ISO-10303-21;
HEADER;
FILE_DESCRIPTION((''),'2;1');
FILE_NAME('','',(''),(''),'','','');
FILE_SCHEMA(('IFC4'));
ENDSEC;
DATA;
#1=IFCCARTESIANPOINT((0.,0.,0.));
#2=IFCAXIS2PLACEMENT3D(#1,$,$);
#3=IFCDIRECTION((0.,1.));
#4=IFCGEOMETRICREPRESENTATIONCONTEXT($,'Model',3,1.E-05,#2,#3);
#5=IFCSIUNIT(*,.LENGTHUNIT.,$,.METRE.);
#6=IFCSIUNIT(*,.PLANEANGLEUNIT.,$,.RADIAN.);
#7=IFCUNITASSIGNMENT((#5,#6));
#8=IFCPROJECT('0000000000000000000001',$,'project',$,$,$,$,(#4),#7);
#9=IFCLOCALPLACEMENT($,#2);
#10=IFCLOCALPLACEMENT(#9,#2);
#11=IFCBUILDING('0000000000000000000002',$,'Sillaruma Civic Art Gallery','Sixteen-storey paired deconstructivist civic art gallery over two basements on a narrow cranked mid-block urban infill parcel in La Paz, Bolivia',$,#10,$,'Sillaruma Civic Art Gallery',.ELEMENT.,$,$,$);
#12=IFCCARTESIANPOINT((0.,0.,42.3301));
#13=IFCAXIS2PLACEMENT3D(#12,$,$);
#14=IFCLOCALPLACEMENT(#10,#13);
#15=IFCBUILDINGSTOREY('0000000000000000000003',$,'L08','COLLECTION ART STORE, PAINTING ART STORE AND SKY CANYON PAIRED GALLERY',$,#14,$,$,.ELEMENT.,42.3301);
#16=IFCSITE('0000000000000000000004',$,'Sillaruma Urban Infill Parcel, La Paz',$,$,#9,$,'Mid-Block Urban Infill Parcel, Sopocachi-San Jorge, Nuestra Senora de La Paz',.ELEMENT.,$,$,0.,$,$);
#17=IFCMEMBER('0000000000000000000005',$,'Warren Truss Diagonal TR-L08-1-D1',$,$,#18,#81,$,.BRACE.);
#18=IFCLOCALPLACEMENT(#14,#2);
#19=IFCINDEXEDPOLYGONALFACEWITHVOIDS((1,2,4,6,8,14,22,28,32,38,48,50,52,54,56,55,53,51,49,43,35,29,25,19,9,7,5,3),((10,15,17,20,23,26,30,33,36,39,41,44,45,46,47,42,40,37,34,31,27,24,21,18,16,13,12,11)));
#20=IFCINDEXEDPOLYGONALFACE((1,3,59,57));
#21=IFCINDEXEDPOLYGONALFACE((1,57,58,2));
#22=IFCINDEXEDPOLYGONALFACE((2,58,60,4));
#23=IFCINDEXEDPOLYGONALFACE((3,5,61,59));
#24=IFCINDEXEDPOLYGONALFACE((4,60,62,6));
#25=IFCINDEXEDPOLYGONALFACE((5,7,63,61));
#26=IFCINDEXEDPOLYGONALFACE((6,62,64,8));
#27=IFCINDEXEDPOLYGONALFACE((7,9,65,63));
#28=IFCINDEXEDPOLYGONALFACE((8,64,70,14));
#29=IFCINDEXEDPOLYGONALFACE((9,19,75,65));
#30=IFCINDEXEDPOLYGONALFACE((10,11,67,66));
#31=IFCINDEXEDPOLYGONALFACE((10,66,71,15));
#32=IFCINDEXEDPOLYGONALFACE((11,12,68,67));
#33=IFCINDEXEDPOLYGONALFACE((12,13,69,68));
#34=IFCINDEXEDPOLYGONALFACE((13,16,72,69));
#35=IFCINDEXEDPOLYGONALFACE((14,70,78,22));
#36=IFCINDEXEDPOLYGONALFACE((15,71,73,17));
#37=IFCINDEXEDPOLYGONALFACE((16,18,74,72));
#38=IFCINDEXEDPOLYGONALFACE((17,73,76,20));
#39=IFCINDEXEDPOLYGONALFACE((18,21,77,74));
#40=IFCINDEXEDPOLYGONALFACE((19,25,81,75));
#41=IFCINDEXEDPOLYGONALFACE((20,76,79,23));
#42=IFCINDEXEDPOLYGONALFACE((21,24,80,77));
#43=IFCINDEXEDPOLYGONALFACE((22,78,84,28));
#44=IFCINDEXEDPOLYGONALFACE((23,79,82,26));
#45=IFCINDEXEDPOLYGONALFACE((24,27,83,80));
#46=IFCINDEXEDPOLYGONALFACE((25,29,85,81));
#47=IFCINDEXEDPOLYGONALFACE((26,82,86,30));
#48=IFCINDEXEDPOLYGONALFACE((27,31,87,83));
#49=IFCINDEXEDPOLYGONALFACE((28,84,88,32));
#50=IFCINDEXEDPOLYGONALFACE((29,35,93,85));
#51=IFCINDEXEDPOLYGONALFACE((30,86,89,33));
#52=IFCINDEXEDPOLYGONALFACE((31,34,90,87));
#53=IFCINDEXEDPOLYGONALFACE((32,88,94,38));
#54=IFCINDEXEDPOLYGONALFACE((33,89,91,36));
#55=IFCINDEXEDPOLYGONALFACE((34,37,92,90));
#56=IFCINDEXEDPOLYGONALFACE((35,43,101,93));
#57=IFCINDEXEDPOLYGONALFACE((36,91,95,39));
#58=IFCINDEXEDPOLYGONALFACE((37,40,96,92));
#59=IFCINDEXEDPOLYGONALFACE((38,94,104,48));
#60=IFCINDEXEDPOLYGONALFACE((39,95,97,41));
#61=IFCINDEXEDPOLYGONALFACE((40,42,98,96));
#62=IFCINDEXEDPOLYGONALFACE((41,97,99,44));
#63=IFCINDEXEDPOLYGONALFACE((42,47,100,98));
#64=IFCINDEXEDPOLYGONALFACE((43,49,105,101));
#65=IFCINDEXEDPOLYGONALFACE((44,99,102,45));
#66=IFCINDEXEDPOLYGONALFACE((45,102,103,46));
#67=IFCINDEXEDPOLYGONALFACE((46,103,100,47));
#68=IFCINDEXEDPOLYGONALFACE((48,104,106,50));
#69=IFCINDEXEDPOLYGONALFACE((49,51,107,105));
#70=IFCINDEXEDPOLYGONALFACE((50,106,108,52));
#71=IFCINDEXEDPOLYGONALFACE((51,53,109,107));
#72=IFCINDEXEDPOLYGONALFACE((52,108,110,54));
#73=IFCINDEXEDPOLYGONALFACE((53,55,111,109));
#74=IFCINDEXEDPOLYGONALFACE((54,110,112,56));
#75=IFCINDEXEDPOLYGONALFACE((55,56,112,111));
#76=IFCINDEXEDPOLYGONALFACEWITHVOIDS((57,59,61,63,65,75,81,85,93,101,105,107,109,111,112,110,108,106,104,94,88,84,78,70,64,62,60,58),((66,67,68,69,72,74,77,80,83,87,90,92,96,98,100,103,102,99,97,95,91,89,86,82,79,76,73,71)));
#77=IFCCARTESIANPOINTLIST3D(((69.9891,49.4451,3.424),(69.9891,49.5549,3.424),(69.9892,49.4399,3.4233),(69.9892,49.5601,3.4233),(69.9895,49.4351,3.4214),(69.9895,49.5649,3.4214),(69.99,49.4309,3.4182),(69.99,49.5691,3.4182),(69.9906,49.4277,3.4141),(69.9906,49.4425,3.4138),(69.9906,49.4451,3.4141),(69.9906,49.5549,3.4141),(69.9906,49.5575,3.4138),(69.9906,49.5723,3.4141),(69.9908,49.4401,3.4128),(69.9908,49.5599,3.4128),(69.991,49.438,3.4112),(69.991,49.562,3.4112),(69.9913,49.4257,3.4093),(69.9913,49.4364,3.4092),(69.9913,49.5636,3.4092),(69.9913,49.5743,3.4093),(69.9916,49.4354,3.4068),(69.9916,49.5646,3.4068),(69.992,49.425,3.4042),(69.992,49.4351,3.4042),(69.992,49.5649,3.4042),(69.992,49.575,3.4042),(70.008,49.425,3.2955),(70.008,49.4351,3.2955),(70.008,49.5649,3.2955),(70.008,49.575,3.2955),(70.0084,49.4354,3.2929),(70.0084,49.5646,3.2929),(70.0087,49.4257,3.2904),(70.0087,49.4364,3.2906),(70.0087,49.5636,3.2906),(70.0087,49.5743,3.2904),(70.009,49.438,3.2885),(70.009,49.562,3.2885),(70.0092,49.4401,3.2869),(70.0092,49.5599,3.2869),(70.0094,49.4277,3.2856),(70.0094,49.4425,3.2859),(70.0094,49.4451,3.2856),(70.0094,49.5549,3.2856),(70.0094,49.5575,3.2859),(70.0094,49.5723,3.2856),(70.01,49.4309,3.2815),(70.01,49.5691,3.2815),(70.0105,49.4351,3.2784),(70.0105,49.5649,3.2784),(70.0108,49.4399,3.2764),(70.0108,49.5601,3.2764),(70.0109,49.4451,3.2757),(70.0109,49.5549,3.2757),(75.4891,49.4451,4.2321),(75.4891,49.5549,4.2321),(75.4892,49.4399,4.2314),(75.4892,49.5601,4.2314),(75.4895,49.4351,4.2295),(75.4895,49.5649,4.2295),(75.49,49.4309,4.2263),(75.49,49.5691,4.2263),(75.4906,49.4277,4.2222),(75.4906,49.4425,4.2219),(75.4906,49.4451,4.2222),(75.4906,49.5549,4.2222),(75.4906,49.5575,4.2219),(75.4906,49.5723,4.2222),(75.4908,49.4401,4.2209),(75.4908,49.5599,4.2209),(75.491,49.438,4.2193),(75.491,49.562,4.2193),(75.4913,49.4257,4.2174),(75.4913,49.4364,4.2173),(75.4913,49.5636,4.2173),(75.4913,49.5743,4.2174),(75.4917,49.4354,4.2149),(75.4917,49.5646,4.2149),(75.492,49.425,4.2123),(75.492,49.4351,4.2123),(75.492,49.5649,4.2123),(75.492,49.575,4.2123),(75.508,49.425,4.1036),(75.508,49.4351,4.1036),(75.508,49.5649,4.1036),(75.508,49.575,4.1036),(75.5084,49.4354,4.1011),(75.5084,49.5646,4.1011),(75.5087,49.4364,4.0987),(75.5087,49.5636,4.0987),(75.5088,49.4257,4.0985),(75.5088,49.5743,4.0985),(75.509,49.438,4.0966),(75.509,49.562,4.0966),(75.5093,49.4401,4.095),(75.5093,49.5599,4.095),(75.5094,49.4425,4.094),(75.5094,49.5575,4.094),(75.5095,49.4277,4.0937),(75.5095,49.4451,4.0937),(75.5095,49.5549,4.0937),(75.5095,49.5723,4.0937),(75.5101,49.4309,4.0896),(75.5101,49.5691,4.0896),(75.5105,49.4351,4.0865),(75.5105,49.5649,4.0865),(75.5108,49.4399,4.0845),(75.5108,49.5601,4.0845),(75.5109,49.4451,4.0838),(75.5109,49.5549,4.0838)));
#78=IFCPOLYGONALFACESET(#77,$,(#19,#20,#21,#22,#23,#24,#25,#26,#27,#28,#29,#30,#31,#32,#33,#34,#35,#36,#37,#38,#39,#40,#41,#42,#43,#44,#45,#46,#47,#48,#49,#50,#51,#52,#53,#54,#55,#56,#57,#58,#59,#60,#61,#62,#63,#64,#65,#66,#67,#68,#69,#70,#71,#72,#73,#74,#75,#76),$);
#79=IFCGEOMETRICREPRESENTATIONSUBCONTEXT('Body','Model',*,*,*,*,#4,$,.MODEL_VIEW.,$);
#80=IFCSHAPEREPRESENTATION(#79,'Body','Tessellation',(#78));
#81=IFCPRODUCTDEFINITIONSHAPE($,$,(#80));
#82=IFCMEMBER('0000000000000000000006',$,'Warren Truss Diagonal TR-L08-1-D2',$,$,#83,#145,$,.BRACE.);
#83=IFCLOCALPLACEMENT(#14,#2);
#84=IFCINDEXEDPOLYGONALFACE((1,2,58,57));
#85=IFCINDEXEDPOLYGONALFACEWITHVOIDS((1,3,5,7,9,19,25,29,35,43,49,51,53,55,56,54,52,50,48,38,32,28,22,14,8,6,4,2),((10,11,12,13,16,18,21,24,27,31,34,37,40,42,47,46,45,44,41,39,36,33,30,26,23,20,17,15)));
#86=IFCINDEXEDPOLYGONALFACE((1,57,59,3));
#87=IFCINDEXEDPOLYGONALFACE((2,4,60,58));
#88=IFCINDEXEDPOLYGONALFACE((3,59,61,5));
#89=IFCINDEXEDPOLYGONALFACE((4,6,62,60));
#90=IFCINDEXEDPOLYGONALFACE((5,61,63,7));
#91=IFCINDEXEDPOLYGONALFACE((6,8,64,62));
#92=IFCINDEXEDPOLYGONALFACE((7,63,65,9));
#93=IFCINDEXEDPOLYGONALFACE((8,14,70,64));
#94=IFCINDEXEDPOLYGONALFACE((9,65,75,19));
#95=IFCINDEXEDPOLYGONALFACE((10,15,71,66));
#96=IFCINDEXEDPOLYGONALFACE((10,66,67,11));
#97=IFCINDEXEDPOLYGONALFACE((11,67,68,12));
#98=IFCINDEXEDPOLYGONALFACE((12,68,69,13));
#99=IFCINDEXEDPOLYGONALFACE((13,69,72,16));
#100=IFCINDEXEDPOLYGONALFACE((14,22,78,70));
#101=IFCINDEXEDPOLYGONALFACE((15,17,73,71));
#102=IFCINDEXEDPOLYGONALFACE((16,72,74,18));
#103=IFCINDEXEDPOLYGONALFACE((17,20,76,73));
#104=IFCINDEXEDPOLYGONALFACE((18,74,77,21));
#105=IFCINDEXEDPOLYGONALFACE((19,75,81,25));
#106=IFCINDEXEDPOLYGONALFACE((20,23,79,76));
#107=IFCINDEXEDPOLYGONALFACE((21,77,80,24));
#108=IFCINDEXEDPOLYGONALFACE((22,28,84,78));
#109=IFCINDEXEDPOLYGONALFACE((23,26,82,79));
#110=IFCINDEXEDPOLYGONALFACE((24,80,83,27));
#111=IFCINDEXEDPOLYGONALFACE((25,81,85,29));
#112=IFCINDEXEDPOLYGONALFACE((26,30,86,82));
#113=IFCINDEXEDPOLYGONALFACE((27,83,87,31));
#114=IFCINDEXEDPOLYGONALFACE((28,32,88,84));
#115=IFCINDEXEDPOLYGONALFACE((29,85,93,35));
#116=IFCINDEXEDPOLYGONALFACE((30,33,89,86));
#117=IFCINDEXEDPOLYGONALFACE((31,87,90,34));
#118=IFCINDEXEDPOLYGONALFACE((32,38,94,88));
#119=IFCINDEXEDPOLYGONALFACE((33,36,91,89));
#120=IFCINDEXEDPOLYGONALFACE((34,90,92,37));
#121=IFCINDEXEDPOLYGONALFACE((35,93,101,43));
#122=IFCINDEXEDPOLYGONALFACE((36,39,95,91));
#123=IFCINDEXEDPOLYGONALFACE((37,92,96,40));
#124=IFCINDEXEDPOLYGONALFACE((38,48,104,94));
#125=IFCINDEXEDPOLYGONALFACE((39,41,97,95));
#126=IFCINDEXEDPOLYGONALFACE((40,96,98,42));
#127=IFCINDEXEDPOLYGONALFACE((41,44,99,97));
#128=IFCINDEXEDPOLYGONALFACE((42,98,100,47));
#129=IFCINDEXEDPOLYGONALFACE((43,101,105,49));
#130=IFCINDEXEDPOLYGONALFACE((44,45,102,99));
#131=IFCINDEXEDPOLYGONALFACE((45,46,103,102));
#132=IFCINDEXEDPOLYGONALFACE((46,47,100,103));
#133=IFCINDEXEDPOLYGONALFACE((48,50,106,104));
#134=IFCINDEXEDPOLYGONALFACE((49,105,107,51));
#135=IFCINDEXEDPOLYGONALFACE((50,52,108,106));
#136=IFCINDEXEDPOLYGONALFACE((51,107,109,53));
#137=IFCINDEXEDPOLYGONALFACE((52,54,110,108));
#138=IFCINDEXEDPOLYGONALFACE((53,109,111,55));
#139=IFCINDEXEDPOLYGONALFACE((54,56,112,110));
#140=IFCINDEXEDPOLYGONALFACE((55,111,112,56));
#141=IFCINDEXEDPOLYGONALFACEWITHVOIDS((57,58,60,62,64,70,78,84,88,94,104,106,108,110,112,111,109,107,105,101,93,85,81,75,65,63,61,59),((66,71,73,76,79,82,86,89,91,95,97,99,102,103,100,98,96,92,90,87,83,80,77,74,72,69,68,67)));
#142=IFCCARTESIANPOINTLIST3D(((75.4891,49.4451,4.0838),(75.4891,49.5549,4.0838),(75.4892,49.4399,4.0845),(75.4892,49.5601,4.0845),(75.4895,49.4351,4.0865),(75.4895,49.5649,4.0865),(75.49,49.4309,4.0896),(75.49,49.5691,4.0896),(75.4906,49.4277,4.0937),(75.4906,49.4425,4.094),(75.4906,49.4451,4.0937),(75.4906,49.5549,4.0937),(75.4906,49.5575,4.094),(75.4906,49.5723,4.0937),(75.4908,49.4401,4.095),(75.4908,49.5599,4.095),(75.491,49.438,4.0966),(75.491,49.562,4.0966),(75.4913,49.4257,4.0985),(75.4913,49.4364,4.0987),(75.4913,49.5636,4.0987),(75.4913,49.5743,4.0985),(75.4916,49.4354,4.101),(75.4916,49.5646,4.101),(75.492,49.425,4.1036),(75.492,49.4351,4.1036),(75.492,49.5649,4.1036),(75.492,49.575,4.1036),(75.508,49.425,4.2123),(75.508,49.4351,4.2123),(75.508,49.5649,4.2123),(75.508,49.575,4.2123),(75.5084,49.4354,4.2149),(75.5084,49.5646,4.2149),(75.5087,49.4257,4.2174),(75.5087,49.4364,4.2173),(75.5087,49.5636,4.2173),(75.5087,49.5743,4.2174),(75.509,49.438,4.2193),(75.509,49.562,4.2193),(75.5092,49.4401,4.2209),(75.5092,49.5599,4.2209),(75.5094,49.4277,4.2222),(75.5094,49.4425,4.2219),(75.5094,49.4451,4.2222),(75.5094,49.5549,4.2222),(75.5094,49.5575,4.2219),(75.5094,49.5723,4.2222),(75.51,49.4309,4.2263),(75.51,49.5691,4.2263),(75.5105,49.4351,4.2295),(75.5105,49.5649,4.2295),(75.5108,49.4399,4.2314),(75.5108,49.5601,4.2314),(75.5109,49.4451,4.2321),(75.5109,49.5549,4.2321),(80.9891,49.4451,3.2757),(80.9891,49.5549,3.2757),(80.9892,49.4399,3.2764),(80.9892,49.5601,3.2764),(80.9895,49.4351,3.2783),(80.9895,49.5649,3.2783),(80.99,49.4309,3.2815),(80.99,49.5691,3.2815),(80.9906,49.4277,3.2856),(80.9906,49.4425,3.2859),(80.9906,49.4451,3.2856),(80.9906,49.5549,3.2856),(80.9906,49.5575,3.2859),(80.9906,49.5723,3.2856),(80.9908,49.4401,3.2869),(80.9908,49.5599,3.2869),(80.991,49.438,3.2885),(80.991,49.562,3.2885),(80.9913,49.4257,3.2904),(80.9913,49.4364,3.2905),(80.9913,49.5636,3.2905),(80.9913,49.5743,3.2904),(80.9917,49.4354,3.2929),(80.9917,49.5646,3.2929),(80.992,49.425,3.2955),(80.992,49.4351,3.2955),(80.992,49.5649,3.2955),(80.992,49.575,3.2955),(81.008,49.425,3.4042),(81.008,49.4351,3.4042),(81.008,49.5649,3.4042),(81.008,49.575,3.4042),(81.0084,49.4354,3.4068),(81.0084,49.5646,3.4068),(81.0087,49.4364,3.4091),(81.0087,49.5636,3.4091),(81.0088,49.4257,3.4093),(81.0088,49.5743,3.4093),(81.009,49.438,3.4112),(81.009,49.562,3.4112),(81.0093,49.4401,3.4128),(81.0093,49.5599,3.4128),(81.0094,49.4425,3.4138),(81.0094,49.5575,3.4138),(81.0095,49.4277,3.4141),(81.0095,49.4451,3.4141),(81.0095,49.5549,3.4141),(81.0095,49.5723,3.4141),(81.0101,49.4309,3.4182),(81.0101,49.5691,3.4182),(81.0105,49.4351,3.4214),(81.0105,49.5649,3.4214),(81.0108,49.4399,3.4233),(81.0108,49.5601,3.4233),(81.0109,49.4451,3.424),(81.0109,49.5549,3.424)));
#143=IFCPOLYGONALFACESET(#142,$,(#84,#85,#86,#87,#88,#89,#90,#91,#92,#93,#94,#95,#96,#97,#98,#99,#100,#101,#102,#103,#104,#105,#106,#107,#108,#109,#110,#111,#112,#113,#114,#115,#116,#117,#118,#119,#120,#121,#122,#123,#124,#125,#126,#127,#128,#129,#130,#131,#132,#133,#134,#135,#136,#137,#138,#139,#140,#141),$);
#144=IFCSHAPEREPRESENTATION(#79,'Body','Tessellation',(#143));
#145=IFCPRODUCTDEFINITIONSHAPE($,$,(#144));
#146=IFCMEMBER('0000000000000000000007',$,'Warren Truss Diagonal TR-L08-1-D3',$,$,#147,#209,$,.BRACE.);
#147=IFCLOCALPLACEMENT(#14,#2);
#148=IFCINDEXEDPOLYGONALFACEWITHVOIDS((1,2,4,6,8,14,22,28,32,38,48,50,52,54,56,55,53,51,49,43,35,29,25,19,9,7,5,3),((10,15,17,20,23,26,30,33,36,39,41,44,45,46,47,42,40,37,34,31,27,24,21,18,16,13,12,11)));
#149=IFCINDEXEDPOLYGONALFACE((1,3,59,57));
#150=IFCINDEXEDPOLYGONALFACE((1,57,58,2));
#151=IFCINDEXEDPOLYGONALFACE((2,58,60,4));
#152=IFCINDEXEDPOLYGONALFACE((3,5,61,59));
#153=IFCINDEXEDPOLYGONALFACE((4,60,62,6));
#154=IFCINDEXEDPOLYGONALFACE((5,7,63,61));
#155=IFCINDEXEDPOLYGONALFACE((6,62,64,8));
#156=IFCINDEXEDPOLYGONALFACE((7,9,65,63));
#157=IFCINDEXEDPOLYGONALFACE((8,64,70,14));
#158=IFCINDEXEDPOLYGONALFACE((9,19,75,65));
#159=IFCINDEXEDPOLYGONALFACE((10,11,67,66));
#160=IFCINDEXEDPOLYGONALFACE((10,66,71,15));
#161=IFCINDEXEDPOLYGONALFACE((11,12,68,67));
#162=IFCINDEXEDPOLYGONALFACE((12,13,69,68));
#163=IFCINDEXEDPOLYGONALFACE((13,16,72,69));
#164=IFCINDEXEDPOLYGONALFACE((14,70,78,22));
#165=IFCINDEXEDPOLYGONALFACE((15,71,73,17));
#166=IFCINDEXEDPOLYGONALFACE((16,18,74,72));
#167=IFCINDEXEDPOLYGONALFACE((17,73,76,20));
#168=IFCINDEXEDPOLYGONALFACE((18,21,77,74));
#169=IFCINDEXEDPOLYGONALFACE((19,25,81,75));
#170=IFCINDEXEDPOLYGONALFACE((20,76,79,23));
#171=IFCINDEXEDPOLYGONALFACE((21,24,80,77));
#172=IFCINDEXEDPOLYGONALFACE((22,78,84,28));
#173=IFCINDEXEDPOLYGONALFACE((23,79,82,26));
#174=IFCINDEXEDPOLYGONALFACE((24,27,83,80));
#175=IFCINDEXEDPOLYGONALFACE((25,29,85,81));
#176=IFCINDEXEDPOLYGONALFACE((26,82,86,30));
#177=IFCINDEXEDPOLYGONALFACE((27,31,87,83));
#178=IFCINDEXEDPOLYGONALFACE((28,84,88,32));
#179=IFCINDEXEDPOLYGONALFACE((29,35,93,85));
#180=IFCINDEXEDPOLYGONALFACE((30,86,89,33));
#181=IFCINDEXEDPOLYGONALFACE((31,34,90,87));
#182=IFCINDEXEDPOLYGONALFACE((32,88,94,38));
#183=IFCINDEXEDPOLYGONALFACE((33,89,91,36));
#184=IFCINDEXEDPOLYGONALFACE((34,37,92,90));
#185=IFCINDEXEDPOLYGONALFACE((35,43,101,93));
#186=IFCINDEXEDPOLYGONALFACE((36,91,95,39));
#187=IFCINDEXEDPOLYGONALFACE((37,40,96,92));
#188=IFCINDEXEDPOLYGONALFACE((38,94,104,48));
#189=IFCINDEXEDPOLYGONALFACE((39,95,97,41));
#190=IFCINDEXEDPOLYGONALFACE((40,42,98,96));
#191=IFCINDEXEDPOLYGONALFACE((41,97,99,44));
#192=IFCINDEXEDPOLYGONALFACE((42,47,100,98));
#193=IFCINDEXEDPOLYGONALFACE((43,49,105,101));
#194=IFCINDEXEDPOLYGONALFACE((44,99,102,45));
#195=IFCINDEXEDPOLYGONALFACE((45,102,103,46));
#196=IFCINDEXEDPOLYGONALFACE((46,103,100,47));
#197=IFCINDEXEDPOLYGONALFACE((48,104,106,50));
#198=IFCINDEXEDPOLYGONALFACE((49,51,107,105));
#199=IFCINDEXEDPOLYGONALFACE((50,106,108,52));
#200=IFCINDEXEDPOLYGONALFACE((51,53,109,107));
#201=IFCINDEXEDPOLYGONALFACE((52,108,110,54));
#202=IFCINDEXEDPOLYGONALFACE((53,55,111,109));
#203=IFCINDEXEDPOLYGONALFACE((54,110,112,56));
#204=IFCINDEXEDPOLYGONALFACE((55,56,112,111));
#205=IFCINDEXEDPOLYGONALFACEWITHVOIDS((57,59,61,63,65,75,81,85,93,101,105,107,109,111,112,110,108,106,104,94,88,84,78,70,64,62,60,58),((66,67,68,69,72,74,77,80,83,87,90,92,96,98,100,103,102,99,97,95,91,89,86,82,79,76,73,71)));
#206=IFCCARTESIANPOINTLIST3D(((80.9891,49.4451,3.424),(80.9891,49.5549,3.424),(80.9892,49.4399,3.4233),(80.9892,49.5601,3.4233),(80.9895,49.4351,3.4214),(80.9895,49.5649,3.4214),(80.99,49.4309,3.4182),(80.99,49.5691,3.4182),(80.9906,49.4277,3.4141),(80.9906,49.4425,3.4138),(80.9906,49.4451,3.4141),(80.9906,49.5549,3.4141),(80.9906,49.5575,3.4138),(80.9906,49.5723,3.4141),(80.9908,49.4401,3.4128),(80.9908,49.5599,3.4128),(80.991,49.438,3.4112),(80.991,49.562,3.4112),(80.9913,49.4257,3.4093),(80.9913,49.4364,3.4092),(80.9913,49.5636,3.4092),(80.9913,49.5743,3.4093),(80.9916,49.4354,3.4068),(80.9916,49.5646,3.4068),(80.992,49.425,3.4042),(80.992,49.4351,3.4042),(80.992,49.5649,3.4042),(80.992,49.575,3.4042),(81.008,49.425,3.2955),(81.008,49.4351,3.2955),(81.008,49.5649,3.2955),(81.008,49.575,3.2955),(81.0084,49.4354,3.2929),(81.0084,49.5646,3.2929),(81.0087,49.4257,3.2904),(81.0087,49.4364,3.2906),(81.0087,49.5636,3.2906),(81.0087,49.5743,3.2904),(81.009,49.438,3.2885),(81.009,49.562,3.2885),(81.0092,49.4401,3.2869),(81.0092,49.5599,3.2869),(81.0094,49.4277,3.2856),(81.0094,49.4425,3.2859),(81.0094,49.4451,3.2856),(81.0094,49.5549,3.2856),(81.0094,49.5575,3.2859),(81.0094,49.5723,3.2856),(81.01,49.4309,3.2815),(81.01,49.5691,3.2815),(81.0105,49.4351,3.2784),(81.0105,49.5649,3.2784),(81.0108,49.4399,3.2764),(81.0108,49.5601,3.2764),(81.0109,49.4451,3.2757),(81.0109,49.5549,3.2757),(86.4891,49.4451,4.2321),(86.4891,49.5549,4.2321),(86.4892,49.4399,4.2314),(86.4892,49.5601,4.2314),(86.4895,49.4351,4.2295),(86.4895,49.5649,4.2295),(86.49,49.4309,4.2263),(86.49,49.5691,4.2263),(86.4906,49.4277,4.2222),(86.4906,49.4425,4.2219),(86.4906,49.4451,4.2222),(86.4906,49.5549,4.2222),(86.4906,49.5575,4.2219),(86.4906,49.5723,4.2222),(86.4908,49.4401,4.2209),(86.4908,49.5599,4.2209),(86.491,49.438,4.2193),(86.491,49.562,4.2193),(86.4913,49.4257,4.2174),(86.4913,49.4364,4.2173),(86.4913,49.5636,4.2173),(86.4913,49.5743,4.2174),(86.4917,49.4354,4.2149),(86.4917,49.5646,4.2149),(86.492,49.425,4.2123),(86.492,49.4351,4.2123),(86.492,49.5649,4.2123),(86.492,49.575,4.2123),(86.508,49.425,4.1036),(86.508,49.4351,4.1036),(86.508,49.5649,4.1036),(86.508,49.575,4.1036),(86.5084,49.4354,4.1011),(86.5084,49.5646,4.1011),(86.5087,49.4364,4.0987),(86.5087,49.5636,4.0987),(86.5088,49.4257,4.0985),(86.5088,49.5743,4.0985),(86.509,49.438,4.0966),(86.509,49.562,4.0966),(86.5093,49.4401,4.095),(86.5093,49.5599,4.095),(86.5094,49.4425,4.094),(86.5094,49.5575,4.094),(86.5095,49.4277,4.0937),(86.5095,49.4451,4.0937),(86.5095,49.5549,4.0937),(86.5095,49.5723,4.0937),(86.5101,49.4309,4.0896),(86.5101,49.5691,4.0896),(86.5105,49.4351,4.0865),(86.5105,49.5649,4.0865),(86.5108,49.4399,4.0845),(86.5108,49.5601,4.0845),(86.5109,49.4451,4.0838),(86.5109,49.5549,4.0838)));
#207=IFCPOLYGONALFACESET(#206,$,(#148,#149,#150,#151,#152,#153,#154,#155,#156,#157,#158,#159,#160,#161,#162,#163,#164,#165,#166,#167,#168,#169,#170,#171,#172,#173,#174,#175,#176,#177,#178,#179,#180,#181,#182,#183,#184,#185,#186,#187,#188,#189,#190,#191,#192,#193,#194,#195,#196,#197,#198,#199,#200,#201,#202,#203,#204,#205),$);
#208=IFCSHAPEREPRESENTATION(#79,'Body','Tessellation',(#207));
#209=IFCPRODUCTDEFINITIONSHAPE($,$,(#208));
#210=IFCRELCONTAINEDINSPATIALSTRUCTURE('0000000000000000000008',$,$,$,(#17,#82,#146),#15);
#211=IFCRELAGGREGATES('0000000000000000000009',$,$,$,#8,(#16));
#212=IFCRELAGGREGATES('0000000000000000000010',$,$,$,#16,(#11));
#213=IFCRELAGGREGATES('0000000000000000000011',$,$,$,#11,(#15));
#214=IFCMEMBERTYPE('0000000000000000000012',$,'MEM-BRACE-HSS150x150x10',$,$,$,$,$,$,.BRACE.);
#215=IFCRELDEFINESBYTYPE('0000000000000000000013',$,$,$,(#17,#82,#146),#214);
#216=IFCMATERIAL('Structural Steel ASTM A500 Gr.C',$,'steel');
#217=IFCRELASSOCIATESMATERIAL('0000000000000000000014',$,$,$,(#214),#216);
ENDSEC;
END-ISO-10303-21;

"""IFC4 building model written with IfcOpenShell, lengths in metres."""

from ifc_helpers import new_model, si_unit, direction, frame, origin, origin_2d, place, context, subcontext, project, spatial, hollow_rectangle, extrude, material, material_profile, profile_set, type_object, element, save


model = new_model("IFC4")

# Units and contexts
model_context = context("Model", 3, precision=1e-05, world=origin(), true_north=direction((0.0, 1.0)))
body_context = subcontext(model_context, "Body", "Model", "MODEL_VIEW")
ifc_project = project(units=[si_unit("LENGTHUNIT", "METRE"), si_unit("PLANEANGLEUNIT", "RADIAN")], contexts=[model_context])

# Site, building, storey
site_placement = place(None, origin())
site = spatial("IfcSite", under=ifc_project, at=site_placement, Name="Sillaruma Urban Infill Parcel, La Paz", LongName="Mid-Block Urban Infill Parcel, Sopocachi-San Jorge, Nuestra Senora de La Paz", CompositionType="ELEMENT", RefElevation=0.0)
building_placement = place(site_placement, origin())
building = spatial("IfcBuilding", under=site, at=building_placement, Name="Sillaruma Civic Art Gallery", Description="Sixteen-storey paired deconstructivist civic art gallery over two basements on a narrow cranked mid-block urban infill parcel in La Paz, Bolivia", LongName="Sillaruma Civic Art Gallery", CompositionType="ELEMENT")
storey_placement = place(building_placement, frame((0.0, 0.0, 42.3301)))
storey = spatial("IfcBuildingStorey", under=building, at=storey_placement, Name="L08", Description="COLLECTION ART STORE, PAINTING ART STORE AND SKY CANYON PAIRED GALLERY", CompositionType="ELEMENT", Elevation=42.3301)

# Members
ifc_material_1 = material(Name="Structural Steel ASTM A500 Gr.C", Category="steel")
ifc_material_profile_1 = material_profile(ifc_material_1, hollow_rectangle(XDim=0.1499, YDim=0.1499, WallThickness=0.01, InnerFilletRadius=0.01, OuterFilletRadius=0.02, at=origin_2d()), Name="HSS150x150x10")
ifc_profile_set_1 = profile_set([ifc_material_profile_1], Name="Structural Steel ASTM A500 Gr.C")
member_type_1 = type_object("IfcMemberType", Name="MEM-BRACE-HSS150x150x10", PredefinedType="BRACE", material=ifc_profile_set_1)
for number, where, z_axis, x_axis, name in (
    (1, (70.0, 49.5, 3.3499), (0.989378, 0.0, 0.145368), (0.0, 1.0, 0.0), "Warren Truss Diagonal TR-L08-1-D1"),
    (2, (75.5, 49.5, 4.158), (0.989378, 0.0, -0.145368), (0.0, 1.0, 0.0), "Warren Truss Diagonal TR-L08-1-D2"),
    (3, (81.0, 49.5, 3.3499), (0.989378, 0.0, 0.145368), (0.0, 1.0, 0.0), "Warren Truss Diagonal TR-L08-1-D3"),
):
    element("IfcMember", number, at=place(storey_placement, frame(where, z_axis=z_axis, x_axis=x_axis)), inside=storey, type_object=member_type_1, Name=name, PredefinedType="BRACE", context=body_context, shape_type="SweptSolid", body=[
        extrude(hollow_rectangle(XDim=0.1499, YDim=0.1499, WallThickness=0.01, InnerFilletRadius=0.01, OuterFilletRadius=0.02, at=origin_2d()), origin(), (0.0, 0.0, 1.0), 5.5591),
    ])

save(model, "model.ifc")
